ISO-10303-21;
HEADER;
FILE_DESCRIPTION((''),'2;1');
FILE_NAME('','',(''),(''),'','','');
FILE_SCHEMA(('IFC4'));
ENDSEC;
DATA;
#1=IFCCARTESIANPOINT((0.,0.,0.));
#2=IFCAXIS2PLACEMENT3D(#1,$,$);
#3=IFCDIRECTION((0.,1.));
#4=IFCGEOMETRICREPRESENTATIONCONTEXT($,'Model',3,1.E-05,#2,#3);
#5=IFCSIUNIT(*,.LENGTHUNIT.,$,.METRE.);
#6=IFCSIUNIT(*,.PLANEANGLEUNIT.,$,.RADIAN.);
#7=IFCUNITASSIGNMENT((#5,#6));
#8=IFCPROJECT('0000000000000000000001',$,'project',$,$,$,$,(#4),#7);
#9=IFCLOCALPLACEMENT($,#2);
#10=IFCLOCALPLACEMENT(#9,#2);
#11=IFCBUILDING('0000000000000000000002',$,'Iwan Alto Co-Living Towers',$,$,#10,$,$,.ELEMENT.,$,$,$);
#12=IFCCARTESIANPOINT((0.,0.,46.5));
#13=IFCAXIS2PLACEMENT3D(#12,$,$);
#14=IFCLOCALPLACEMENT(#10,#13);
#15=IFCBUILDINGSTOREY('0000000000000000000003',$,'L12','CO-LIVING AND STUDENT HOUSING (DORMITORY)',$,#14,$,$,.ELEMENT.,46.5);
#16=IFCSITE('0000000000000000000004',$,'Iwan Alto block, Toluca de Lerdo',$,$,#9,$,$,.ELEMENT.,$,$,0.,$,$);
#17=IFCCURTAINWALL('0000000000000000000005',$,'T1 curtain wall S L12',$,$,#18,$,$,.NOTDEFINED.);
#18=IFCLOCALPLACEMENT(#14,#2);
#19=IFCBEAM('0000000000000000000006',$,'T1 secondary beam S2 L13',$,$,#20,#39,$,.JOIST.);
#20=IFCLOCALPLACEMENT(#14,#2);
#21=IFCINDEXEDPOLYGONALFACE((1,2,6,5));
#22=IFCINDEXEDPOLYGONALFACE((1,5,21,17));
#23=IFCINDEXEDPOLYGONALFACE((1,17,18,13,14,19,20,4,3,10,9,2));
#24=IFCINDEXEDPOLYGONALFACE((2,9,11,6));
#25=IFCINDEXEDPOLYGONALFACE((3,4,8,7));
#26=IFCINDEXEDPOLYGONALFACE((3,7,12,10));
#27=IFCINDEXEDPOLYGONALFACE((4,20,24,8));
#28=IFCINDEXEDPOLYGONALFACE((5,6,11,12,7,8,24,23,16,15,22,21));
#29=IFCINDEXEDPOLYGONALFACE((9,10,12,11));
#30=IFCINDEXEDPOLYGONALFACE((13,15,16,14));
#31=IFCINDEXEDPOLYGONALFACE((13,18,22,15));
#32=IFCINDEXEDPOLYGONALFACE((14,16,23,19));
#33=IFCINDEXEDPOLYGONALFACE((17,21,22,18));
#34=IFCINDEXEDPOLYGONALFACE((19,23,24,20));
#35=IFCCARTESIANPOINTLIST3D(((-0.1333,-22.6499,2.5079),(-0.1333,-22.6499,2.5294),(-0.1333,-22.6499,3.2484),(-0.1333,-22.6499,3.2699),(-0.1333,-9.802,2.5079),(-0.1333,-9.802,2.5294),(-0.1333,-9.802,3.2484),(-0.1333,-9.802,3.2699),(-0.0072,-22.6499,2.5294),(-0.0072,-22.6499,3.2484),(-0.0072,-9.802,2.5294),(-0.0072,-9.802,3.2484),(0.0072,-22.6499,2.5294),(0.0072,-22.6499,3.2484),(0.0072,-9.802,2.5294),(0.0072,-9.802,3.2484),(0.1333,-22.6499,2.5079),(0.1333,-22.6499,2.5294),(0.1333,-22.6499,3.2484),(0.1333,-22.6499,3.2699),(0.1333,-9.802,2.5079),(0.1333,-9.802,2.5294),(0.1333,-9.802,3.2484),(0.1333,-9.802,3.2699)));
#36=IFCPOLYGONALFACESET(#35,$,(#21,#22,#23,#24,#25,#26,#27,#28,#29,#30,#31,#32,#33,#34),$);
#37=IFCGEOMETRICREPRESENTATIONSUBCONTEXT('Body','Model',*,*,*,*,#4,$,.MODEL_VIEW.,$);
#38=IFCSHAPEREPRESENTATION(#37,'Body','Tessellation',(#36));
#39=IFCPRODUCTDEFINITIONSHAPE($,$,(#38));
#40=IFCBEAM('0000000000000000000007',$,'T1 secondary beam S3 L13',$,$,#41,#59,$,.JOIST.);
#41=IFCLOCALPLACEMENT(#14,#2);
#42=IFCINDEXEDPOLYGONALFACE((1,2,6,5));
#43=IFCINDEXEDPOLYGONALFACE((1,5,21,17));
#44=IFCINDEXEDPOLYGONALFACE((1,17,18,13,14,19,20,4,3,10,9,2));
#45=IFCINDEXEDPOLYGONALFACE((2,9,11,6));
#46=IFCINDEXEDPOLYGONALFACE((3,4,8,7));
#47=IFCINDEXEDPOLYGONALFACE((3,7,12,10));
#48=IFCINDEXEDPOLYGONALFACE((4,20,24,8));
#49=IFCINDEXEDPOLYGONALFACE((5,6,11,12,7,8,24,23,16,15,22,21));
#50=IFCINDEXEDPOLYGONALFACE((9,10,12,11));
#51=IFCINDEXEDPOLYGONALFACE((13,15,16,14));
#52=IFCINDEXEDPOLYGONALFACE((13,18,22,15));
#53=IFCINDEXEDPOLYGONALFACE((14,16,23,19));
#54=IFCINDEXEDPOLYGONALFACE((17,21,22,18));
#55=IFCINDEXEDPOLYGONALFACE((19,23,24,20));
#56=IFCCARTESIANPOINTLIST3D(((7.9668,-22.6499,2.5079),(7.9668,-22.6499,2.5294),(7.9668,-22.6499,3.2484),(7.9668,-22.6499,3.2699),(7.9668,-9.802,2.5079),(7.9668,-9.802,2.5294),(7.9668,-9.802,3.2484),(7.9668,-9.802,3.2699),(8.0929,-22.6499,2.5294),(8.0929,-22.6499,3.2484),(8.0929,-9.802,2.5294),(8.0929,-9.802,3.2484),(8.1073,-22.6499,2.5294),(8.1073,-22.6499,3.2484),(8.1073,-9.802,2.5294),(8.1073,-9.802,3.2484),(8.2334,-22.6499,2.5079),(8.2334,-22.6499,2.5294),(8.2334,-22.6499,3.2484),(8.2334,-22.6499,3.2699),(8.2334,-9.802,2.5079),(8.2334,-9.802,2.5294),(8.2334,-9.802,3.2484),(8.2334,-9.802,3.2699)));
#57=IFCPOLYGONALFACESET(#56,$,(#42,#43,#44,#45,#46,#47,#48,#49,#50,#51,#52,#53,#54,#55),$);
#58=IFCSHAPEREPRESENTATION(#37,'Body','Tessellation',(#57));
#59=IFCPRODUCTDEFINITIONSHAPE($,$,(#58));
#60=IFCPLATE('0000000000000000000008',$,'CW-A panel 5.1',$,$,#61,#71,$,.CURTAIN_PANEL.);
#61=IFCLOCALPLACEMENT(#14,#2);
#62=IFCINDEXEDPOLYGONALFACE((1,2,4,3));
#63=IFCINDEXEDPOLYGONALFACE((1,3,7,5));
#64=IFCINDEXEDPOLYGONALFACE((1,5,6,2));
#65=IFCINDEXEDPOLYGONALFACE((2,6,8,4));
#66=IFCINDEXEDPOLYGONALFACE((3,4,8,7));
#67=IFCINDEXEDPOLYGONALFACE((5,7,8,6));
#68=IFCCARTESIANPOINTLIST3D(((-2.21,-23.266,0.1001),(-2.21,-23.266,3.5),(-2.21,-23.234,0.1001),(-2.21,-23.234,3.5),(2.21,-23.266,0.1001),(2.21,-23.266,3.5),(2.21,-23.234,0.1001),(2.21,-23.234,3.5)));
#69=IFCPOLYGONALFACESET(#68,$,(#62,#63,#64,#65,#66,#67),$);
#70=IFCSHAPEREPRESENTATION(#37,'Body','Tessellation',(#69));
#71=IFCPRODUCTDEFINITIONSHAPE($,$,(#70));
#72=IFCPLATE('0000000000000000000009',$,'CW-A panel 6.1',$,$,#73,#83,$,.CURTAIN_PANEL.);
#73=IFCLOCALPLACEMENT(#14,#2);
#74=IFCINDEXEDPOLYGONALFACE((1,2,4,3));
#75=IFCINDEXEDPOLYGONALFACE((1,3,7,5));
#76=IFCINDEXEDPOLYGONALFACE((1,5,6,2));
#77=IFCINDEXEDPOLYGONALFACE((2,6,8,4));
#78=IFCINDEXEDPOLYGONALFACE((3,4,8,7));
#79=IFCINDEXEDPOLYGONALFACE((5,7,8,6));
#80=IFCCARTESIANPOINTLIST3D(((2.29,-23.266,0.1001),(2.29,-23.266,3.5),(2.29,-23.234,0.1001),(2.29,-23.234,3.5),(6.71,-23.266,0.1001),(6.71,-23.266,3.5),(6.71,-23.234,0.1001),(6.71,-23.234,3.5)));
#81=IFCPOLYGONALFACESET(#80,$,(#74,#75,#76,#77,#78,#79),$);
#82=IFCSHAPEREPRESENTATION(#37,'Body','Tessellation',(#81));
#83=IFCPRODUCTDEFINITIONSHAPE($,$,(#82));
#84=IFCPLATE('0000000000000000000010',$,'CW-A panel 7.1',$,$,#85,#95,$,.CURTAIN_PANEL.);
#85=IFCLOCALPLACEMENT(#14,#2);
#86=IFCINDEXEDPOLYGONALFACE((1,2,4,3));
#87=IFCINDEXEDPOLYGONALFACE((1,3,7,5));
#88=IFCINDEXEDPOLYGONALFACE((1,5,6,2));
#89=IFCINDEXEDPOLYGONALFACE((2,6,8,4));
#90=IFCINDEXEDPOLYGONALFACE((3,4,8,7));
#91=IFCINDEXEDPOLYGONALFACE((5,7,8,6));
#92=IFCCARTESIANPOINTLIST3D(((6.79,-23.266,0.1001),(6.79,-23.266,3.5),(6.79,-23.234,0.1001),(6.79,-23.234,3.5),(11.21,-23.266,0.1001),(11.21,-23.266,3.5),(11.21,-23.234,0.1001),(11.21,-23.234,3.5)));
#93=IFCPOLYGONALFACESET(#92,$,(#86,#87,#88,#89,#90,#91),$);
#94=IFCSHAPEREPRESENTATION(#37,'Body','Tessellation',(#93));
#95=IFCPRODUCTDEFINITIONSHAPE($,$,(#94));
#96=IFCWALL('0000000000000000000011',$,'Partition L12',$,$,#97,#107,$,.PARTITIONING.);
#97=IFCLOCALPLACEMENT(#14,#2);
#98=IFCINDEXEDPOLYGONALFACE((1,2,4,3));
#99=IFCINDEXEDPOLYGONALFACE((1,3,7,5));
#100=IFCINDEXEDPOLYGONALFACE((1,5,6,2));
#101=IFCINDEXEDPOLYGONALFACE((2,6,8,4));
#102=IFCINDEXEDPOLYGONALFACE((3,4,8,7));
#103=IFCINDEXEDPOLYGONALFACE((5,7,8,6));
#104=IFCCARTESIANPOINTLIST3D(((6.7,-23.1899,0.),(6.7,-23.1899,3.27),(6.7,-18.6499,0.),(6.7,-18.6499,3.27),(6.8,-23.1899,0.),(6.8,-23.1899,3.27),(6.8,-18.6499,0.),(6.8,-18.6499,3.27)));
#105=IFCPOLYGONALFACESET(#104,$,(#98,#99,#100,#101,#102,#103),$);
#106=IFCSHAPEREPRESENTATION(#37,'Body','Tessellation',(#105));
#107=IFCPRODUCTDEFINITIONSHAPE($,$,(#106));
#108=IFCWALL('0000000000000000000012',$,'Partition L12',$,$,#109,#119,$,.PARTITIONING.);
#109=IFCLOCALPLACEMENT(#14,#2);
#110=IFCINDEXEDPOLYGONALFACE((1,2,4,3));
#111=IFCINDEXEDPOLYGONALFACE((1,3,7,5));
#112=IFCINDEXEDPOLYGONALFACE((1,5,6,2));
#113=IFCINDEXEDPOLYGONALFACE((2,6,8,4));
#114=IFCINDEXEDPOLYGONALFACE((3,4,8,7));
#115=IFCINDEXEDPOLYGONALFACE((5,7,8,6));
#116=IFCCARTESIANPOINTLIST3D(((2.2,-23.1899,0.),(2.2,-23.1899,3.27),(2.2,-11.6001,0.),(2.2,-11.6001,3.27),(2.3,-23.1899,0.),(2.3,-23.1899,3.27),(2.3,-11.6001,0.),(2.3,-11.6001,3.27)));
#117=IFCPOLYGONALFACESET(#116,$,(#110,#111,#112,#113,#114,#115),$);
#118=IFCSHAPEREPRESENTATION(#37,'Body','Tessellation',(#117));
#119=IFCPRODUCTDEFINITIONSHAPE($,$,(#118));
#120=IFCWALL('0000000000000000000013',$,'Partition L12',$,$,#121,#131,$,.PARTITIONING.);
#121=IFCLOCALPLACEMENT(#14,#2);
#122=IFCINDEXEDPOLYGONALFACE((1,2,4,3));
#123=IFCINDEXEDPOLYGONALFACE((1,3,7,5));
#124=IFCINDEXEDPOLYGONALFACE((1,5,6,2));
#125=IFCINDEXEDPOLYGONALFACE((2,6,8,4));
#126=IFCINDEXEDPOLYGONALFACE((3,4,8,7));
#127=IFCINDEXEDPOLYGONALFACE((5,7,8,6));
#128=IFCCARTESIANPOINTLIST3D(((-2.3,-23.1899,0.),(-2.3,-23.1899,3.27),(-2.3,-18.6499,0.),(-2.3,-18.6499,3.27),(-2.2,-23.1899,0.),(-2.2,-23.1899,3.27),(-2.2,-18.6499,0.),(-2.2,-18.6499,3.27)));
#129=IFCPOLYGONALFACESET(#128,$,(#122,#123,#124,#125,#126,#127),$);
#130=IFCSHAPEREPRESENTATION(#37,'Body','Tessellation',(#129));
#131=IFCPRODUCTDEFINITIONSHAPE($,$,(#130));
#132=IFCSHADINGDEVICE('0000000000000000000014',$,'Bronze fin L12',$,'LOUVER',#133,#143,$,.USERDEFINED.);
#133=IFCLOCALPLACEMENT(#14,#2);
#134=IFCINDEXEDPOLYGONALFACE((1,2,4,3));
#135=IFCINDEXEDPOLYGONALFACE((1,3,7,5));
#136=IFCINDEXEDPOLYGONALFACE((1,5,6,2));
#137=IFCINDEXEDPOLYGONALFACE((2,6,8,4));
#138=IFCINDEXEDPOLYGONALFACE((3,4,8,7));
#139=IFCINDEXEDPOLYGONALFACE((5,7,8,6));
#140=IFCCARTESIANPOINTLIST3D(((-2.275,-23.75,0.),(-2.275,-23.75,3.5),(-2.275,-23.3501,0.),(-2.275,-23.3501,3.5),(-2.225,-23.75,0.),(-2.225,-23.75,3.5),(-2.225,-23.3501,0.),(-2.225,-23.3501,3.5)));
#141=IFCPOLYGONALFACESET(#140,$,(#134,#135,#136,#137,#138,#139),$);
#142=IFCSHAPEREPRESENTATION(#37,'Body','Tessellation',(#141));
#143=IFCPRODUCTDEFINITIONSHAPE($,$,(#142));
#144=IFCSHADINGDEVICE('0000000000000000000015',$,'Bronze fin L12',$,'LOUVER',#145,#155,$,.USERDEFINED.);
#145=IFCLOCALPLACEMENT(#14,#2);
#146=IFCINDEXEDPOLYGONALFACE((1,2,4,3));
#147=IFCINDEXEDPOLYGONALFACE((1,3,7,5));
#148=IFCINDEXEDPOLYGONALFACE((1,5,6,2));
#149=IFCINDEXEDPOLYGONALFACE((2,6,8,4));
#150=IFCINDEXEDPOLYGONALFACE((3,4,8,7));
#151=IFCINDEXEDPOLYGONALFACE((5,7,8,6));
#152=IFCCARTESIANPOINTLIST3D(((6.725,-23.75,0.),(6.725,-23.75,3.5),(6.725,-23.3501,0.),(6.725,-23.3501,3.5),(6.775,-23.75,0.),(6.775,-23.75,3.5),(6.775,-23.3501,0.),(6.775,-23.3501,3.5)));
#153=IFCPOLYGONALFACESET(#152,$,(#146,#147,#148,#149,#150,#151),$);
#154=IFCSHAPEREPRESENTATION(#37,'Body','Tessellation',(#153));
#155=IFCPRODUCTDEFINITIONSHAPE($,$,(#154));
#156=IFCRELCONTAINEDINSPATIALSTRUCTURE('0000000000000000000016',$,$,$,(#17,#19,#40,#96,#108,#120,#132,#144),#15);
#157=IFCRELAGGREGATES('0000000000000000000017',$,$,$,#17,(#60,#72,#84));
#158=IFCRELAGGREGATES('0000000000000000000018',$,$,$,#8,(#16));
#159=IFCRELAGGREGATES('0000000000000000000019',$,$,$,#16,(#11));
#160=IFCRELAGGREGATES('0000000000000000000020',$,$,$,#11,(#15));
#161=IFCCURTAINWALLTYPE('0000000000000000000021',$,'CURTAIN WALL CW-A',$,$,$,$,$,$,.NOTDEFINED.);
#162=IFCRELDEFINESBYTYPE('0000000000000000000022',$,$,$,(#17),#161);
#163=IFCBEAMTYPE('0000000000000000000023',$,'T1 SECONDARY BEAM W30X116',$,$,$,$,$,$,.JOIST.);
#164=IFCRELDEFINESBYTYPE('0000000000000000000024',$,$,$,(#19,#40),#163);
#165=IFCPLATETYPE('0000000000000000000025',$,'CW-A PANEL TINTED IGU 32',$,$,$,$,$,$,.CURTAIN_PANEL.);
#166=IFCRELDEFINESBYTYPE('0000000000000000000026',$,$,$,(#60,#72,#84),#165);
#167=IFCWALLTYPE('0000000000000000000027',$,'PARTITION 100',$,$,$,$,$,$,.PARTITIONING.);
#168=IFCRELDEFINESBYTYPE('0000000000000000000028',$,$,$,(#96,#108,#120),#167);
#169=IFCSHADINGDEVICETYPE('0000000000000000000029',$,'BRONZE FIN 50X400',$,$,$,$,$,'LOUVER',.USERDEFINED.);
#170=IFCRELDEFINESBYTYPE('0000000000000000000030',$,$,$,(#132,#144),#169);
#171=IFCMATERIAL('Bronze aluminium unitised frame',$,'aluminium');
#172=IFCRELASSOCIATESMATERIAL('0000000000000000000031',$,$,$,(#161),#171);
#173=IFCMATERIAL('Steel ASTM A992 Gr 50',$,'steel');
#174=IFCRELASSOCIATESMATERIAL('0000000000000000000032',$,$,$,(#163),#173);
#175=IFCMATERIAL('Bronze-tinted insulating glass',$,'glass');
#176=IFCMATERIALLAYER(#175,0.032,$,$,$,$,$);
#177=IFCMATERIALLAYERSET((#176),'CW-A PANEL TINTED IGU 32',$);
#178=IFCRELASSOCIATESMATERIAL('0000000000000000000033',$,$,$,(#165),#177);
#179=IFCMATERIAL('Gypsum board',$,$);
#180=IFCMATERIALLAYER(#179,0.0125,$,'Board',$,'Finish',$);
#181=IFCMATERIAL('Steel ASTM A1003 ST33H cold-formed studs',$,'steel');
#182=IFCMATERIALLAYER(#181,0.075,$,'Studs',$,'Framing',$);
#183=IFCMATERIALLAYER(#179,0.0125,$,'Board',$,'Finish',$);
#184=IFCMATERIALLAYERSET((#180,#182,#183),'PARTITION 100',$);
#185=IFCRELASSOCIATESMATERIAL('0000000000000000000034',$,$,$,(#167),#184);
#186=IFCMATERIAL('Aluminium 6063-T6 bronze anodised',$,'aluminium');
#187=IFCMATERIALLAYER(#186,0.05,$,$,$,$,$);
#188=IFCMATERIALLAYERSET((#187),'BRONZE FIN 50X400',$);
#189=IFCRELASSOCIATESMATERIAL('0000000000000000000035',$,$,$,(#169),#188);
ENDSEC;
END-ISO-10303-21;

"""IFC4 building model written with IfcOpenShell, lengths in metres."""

from ifc_helpers import new_model, si_unit, direction, frame, frame_2d, origin, origin_2d, place, context, subcontext, project, spatial, rectangle, i_section, extrude, material, layer, layer_set, material_profile, profile_set, type_object, element, aggregate, save


model = new_model("IFC4")

# Units and contexts
model_context = context("Model", 3, precision=1e-05, world=origin(), true_north=direction((0.0, 1.0)))
body_context = subcontext(model_context, "Body", "Model", "MODEL_VIEW")
ifc_project = project(units=[si_unit("LENGTHUNIT", "METRE"), si_unit("PLANEANGLEUNIT", "RADIAN")], contexts=[model_context])

# Site, building, storey
site_placement = place(None, origin())
site = spatial("IfcSite", under=ifc_project, at=site_placement, Name="Iwan Alto block, Toluca de Lerdo", CompositionType="ELEMENT", RefElevation=0.0)
building_placement = place(site_placement, origin())
building = spatial("IfcBuilding", under=site, at=building_placement, Name="Iwan Alto Co-Living Towers", CompositionType="ELEMENT")
storey_placement = place(building_placement, frame((0.0, 0.0, 46.5)))
storey = spatial("IfcBuildingStorey", under=building, at=storey_placement, Name="L12", Description="CO-LIVING AND STUDENT HOUSING (DORMITORY)", CompositionType="ELEMENT", Elevation=46.5)

# Curtain wall
ifc_material_1 = material(Name="Bronze aluminium unitised frame", Category="aluminium")
curtain_wall_type = type_object("IfcCurtainWallType", Name="CURTAIN WALL CW-A", PredefinedType="NOTDEFINED", material=ifc_material_1)
curtain_wall_placement = place(storey_placement, origin())
curtain_wall = element("IfcCurtainWall", 1, at=curtain_wall_placement, inside=storey, type_object=curtain_wall_type, Name="T1 curtain wall S L12", PredefinedType="NOTDEFINED")

# Beams
ifc_material_2 = material(Name="Steel ASTM A992 Gr 50", Category="steel")
ifc_material_profile_1 = material_profile(ifc_material_2, i_section(OverallWidth=0.2666, OverallDepth=0.762, WebThickness=0.0144, FlangeThickness=0.0215, at=origin_2d()), Name="W30X116")
ifc_profile_set_1 = profile_set([ifc_material_profile_1], Name="Steel ASTM A992 Gr 50")
beam_type_1 = type_object("IfcBeamType", Name="T1 SECONDARY BEAM W30X116", PredefinedType="JOIST", material=ifc_profile_set_1)
for number, where, z_axis, x_axis, name in (
    (2, (0.0, -22.6499, 2.8889), (0.0, 1.0, 0.0), (-1.0, 0.0, 0.0), "T1 secondary beam S2 L13"),
    (3, (8.1001, -22.6499, 2.8889), (0.0, 1.0, 0.0), (-1.0, 0.0, 0.0), "T1 secondary beam S3 L13"),
):
    element("IfcBeam", number, at=place(storey_placement, frame(where, z_axis=z_axis, x_axis=x_axis)), inside=storey, type_object=beam_type_1, Name=name, PredefinedType="JOIST", context=body_context, shape_type="SweptSolid", body=[
        extrude(i_section(OverallWidth=0.2666, OverallDepth=0.762, WebThickness=0.0144, FlangeThickness=0.0215, at=origin_2d()), origin(), (0.0, 0.0, 1.0), 12.8479),
    ])

# Plates
ifc_material_3 = material(Name="Bronze-tinted insulating glass", Category="glass")
ifc_layer_1 = layer(ifc_material_3, 0.032)
ifc_layer_set_1 = layer_set([ifc_layer_1], Name="CW-A PANEL TINTED IGU 32")
plate_type = type_object("IfcPlateType", Name="CW-A PANEL TINTED IGU 32", PredefinedType="CURTAIN_PANEL", material=ifc_layer_set_1)
plate_1_placement = place(storey_placement, frame((0.0, -23.25, 0.1001), z_axis=(0.0, 0.0, 1.0), x_axis=(1.0, 0.0, 0.0)))
plate_1 = element("IfcPlate", 4, at=plate_1_placement, type_object=plate_type, Name="CW-A panel 5.1", PredefinedType="CURTAIN_PANEL", context=body_context, shape_type="SweptSolid", body=[
    extrude(rectangle(XDim=4.4199, YDim=0.032, at=origin_2d()), origin(), (0.0, 0.0, 1.0), 3.3999),
])
plate_2_placement = place(storey_placement, frame((4.5, -23.25, 0.1001), z_axis=(0.0, 0.0, 1.0), x_axis=(1.0, 0.0, 0.0)))
plate_2 = element("IfcPlate", 5, at=plate_2_placement, type_object=plate_type, Name="CW-A panel 6.1", PredefinedType="CURTAIN_PANEL", context=body_context, shape_type="SweptSolid", body=[
    extrude(rectangle(XDim=4.4199, YDim=0.032, at=origin_2d()), origin(), (0.0, 0.0, 1.0), 3.3999),
])
plate_3_placement = place(storey_placement, frame((9.0, -23.25, 0.1001), z_axis=(0.0, 0.0, 1.0), x_axis=(1.0, 0.0, 0.0)))
plate_3 = element("IfcPlate", 6, at=plate_3_placement, type_object=plate_type, Name="CW-A panel 7.1", PredefinedType="CURTAIN_PANEL", context=body_context, shape_type="SweptSolid", body=[
    extrude(rectangle(XDim=4.4199, YDim=0.032, at=origin_2d()), origin(), (0.0, 0.0, 1.0), 3.3999),
])
aggregate(curtain_wall, [plate_1, plate_2, plate_3])

# Walls
ifc_material_4 = material(Name="Gypsum board")
ifc_layer_2 = layer(ifc_material_4, 0.0125, Name="Board", Category="Finish")
ifc_material_5 = material(Name="Steel ASTM A1003 ST33H cold-formed studs", Category="steel")
ifc_layer_3 = layer(ifc_material_5, 0.075, Name="Studs", Category="Framing")
ifc_layer_4 = layer(ifc_material_4, 0.0125, Name="Board", Category="Finish")
ifc_layer_set_2 = layer_set([ifc_layer_2, ifc_layer_3, ifc_layer_4], Name="PARTITION 100")
wall_type = type_object("IfcWallType", Name="PARTITION 100", PredefinedType="PARTITIONING", material=ifc_layer_set_2)
wall_1_placement = place(storey_placement, frame((6.75, -23.1899, 0.0), z_axis=(0.0, 0.0, 1.0), x_axis=(0.0, 1.0, 0.0)))
element("IfcWall", 7, at=wall_1_placement, inside=storey, type_object=wall_type, Name="Partition L12", PredefinedType="PARTITIONING", context=body_context, shape_type="SweptSolid", body=[
    extrude(rectangle(XDim=4.54, YDim=0.1001, at=frame_2d((2.27, 0.0))), origin(), (0.0, 0.0, 1.0), 3.27),
])
wall_2_placement = place(storey_placement, frame((2.25, -23.1899, 0.0), z_axis=(0.0, 0.0, 1.0), x_axis=(0.0, 1.0, 0.0)))
element("IfcWall", 8, at=wall_2_placement, inside=storey, type_object=wall_type, Name="Partition L12", PredefinedType="PARTITIONING", context=body_context, shape_type="SweptSolid", body=[
    extrude(rectangle(XDim=11.5898, YDim=0.1001, at=frame_2d((5.7949, 0.0))), origin(), (0.0, 0.0, 1.0), 3.27),
])
wall_3_placement = place(storey_placement, frame((-2.25, -23.1899, 0.0), z_axis=(0.0, 0.0, 1.0), x_axis=(0.0, 1.0, 0.0)))
element("IfcWall", 9, at=wall_3_placement, inside=storey, type_object=wall_type, Name="Partition L12", PredefinedType="PARTITIONING", context=body_context, shape_type="SweptSolid", body=[
    extrude(rectangle(XDim=4.54, YDim=0.1001, at=frame_2d((2.27, 0.0))), origin(), (0.0, 0.0, 1.0), 3.27),
])

# Shading devices
ifc_material_6 = material(Name="Aluminium 6063-T6 bronze anodised", Category="aluminium")
ifc_layer_5 = layer(ifc_material_6, 0.05)
ifc_layer_set_3 = layer_set([ifc_layer_5], Name="BRONZE FIN 50X400")
shading_device_type = type_object("IfcShadingDeviceType", Name="BRONZE FIN 50X400", ElementType="LOUVER", PredefinedType="USERDEFINED", material=ifc_layer_set_3)
for number, where, z_axis, x_axis, name in (
    (10, (-2.25, -23.55, 0.0), (0.0, 0.0, 1.0), (1.0, 0.0, 0.0), "Bronze fin L12"),
    (11, (6.75, -23.55, 0.0), (0.0, 0.0, 1.0), (1.0, 0.0, 0.0), "Bronze fin L12"),
):
    element("IfcShadingDevice", number, at=place(storey_placement, frame(where, z_axis=z_axis, x_axis=x_axis)), inside=storey, type_object=shading_device_type, Name=name, ObjectType="LOUVER", PredefinedType="USERDEFINED", context=body_context, shape_type="SweptSolid", body=[
        extrude(rectangle(XDim=0.05, YDim=0.3999, at=origin_2d()), origin(), (0.0, 0.0, 1.0), 3.5),
    ])

save(model, "model.ifc")
